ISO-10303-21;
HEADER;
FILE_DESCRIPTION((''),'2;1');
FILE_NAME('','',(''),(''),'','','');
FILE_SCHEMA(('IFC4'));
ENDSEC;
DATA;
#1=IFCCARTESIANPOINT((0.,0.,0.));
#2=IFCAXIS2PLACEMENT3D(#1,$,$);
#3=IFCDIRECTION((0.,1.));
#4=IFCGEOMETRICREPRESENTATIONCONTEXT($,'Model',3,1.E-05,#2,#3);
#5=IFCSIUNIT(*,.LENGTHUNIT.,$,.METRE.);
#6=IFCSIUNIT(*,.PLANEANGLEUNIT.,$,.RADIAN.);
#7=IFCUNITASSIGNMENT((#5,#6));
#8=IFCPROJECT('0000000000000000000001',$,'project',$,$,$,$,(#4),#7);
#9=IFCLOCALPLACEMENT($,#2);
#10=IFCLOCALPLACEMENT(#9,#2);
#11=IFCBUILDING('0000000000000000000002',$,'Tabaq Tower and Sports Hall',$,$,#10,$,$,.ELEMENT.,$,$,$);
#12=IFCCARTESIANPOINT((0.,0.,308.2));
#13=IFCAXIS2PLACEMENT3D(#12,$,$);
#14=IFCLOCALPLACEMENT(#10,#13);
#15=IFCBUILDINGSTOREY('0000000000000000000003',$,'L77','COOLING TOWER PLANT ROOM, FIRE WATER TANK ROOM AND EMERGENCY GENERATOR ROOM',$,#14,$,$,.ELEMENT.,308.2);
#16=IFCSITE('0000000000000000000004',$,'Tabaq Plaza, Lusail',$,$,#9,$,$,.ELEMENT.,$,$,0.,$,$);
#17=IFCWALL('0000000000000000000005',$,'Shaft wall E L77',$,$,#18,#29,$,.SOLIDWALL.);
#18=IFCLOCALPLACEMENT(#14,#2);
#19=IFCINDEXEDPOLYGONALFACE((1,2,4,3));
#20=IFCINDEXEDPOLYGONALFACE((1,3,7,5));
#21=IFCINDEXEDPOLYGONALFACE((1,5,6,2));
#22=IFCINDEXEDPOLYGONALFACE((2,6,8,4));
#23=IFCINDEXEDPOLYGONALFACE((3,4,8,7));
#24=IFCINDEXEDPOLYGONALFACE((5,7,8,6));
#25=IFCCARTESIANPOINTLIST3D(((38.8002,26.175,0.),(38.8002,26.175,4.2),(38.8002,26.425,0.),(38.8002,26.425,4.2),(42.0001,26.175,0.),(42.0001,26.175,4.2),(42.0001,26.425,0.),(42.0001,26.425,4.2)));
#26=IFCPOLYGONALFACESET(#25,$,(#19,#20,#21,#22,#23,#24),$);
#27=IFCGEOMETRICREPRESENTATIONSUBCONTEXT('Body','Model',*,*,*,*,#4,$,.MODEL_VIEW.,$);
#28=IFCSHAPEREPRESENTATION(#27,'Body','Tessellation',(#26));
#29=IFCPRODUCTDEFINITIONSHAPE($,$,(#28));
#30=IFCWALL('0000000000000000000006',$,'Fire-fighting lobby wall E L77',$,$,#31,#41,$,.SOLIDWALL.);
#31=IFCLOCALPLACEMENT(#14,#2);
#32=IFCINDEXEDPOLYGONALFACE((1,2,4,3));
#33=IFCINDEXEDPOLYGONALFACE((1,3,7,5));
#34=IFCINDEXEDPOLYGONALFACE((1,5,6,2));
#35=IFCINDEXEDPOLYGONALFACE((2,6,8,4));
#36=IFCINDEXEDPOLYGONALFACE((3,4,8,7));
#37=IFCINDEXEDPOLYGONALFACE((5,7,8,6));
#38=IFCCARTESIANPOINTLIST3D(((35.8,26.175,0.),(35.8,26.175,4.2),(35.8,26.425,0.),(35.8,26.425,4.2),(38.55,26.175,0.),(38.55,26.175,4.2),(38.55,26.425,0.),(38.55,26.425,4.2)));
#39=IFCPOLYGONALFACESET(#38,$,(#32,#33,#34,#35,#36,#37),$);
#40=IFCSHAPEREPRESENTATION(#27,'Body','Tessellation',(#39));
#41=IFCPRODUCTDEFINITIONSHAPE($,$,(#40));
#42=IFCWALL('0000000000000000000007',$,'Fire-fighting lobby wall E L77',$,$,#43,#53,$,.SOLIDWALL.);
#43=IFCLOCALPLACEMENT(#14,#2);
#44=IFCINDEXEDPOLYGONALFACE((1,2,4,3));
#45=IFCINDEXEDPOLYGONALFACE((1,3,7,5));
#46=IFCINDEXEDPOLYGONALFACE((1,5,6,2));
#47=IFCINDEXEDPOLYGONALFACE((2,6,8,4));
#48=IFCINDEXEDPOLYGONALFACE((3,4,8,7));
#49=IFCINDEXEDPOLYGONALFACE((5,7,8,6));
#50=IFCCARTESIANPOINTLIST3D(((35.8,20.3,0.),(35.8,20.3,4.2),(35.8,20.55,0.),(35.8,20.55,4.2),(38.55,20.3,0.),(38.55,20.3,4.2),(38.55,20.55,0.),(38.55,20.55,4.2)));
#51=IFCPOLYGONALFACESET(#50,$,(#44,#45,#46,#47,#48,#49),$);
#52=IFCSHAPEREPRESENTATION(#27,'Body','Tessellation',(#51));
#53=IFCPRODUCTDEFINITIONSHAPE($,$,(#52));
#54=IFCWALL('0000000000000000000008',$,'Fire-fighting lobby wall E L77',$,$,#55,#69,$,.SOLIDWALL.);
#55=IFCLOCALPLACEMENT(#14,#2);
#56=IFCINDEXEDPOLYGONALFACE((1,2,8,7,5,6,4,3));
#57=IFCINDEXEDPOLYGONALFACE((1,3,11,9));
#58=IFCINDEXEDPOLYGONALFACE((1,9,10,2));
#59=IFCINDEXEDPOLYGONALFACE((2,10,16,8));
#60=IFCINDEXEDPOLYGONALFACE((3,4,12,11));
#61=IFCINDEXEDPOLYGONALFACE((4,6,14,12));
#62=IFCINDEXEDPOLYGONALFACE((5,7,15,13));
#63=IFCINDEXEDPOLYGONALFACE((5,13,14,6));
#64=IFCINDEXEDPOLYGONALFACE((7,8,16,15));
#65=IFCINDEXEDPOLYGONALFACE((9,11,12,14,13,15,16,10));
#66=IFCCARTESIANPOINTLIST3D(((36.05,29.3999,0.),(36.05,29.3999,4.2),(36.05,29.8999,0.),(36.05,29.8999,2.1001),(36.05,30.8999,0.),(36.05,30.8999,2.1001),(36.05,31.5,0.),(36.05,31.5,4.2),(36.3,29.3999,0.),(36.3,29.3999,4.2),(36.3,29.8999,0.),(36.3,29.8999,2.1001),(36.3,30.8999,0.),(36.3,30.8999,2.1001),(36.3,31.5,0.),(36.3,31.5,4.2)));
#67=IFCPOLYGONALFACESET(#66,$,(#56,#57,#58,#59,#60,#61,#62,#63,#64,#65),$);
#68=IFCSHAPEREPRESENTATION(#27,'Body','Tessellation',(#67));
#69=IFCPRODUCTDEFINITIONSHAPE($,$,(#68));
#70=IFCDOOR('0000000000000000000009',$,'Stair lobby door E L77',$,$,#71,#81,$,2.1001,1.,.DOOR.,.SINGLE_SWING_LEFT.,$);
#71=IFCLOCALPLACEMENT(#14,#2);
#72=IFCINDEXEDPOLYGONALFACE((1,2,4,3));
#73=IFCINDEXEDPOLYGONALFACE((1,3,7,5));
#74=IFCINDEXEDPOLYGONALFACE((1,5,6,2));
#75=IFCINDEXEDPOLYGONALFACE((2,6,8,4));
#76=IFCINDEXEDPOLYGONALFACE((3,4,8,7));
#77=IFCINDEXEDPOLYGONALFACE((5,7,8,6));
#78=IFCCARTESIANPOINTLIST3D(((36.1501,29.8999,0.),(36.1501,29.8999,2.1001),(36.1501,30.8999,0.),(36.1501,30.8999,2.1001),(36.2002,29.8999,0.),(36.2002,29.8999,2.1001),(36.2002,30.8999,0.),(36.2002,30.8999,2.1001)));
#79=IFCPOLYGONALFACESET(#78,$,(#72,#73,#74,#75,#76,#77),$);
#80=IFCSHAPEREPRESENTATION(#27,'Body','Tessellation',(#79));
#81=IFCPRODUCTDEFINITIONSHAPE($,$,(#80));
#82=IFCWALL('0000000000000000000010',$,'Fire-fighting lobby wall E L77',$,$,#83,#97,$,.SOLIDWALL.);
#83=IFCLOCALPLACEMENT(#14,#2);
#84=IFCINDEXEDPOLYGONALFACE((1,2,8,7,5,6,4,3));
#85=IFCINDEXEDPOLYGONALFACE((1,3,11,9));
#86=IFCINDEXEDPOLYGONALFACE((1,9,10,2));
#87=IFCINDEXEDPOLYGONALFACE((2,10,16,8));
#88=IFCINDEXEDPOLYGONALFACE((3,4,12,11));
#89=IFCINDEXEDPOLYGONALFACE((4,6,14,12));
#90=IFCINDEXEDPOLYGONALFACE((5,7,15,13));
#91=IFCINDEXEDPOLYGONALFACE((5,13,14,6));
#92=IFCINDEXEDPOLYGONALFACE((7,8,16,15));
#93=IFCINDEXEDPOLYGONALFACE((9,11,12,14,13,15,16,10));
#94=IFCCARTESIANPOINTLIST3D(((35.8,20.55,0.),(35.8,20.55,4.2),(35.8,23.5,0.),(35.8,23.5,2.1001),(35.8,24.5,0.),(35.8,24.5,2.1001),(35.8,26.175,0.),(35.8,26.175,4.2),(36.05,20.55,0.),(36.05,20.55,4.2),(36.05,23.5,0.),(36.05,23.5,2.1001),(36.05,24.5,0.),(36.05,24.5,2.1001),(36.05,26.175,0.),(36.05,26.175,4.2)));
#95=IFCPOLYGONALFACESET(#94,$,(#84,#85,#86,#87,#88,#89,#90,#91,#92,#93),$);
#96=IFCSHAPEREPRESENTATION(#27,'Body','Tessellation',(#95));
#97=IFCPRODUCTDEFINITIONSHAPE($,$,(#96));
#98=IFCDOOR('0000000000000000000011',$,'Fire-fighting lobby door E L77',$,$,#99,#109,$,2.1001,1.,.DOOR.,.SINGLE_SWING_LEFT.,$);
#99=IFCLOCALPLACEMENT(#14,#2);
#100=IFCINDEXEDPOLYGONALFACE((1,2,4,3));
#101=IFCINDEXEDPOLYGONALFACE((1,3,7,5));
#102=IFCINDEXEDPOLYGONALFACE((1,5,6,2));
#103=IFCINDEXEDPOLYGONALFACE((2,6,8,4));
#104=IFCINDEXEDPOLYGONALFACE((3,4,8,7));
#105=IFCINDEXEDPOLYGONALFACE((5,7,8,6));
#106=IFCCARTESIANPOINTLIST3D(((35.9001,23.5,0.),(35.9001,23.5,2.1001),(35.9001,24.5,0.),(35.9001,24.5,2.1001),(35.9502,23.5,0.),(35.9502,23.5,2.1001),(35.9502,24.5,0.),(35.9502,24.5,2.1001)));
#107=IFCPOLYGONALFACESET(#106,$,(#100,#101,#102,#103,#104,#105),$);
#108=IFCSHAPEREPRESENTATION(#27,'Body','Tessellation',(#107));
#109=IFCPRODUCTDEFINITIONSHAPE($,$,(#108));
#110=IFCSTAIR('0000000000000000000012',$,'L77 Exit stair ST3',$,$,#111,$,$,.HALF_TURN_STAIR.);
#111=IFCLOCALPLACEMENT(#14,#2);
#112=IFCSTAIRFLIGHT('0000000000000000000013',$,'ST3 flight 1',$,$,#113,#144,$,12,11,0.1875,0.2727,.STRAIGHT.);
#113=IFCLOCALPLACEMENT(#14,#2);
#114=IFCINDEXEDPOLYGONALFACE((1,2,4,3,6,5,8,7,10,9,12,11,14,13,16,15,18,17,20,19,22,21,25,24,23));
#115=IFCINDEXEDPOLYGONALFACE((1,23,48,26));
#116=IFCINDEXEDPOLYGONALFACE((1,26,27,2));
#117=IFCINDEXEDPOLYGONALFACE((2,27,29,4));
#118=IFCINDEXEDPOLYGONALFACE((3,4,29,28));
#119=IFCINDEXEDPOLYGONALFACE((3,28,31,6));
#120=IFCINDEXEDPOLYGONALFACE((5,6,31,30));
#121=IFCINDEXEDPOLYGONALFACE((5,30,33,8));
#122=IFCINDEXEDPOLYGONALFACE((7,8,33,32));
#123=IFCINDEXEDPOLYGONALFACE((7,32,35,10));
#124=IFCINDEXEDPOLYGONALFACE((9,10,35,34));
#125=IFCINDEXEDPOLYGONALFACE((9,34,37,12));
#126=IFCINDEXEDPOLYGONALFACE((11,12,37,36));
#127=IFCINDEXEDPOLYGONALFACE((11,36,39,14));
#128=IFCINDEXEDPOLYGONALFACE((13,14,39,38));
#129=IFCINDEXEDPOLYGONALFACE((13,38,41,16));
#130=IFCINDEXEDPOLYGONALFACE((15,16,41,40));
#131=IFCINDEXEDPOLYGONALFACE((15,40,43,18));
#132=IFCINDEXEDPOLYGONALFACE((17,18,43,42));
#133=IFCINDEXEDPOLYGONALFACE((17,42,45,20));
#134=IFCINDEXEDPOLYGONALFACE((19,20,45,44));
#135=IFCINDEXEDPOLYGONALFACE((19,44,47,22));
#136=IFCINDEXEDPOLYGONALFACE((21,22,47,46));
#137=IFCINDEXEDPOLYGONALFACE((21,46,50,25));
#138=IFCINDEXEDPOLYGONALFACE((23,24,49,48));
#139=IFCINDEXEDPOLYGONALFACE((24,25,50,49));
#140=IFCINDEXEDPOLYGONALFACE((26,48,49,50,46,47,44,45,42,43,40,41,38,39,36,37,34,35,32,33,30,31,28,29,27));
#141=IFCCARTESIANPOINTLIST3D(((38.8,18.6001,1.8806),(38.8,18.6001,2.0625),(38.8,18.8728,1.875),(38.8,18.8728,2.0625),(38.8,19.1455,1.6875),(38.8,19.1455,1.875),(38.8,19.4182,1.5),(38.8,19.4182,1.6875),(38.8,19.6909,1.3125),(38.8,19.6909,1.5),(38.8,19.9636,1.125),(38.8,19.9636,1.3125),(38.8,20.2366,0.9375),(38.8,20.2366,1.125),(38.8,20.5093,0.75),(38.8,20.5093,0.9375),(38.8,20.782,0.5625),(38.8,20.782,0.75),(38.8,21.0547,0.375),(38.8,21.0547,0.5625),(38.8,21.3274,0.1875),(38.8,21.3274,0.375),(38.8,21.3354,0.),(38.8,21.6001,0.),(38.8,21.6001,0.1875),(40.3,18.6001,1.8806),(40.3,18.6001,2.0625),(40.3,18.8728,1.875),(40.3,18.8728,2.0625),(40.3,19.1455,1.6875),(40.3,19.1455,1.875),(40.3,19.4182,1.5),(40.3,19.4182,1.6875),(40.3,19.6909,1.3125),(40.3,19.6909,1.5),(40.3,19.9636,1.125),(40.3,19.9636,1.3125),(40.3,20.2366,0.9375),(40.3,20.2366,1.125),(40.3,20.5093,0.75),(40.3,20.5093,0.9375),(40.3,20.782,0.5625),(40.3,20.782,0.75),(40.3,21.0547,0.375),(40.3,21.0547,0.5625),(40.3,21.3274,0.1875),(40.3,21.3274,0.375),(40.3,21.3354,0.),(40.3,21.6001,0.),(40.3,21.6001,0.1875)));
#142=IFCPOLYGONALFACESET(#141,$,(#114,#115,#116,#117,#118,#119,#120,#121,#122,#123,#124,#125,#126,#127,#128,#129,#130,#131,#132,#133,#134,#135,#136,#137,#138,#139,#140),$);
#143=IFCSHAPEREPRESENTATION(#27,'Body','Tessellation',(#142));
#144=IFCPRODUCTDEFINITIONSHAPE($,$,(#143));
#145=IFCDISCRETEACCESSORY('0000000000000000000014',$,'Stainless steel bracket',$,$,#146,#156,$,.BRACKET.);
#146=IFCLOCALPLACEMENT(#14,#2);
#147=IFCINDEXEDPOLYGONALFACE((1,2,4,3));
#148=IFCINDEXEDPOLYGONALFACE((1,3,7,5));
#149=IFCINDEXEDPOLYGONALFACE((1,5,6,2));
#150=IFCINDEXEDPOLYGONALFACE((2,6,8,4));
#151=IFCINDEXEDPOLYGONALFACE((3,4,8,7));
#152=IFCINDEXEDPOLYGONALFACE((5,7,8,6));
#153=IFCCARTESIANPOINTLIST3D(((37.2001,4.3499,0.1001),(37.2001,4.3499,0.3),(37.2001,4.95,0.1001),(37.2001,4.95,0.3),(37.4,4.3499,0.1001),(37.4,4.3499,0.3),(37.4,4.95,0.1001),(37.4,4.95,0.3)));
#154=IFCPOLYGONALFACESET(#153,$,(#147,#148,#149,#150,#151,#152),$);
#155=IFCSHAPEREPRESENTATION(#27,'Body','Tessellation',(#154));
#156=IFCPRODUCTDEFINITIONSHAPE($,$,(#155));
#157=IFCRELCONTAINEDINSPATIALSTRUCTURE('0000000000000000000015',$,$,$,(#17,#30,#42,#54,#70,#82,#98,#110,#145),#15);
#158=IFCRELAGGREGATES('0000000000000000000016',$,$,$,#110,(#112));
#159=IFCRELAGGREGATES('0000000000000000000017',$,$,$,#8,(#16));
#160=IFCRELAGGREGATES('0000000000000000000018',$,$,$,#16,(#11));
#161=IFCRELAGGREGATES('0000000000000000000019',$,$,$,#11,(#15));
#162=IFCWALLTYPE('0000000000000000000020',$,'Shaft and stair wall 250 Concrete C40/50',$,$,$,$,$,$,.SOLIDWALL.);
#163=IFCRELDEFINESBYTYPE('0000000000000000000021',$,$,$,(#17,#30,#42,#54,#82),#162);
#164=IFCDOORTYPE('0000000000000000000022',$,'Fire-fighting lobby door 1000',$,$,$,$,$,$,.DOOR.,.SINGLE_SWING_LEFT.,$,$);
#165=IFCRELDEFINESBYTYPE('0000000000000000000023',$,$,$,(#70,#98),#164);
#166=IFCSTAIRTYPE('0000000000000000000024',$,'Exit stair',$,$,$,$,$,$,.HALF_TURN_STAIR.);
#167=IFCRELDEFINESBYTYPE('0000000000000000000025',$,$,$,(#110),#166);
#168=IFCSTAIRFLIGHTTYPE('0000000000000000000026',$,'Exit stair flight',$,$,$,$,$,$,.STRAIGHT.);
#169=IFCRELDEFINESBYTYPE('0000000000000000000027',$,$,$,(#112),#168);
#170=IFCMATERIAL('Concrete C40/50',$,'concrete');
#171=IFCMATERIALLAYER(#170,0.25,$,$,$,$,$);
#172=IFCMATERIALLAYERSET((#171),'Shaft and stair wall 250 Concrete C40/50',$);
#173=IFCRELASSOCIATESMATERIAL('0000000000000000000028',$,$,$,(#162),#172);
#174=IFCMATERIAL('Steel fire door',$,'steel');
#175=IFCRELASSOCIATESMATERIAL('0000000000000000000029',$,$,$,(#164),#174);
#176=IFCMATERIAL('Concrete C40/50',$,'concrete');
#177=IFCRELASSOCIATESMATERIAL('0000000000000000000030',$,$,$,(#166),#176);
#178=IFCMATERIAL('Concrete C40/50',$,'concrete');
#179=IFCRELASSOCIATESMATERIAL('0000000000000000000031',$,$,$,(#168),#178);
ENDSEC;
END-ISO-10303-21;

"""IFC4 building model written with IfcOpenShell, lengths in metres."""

from ifc_helpers import new_model, si_unit, direction, frame, frame_2d, origin, origin_2d, place, context, subcontext, project, spatial, polyline, rectangle, outline, extrude, material, layer, layer_set, type_object, element, fill, aggregate, save


model = new_model("IFC4")

# Units and contexts
model_context = context("Model", 3, precision=1e-05, world=origin(), true_north=direction((0.0, 1.0)))
body_context = subcontext(model_context, "Body", "Model", "MODEL_VIEW")
ifc_project = project(units=[si_unit("LENGTHUNIT", "METRE"), si_unit("PLANEANGLEUNIT", "RADIAN")], contexts=[model_context])

# Site, building, storey
site_placement = place(None, origin())
site = spatial("IfcSite", under=ifc_project, at=site_placement, Name="Tabaq Plaza, Lusail", CompositionType="ELEMENT", RefElevation=0.0)
building_placement = place(site_placement, origin())
building = spatial("IfcBuilding", under=site, at=building_placement, Name="Tabaq Tower and Sports Hall", CompositionType="ELEMENT")
storey_placement = place(building_placement, frame((0.0, 0.0, 308.2)))
storey = spatial("IfcBuildingStorey", under=building, at=storey_placement, Name="L77", Description="COOLING TOWER PLANT ROOM, FIRE WATER TANK ROOM AND EMERGENCY GENERATOR ROOM", CompositionType="ELEMENT", Elevation=308.2)

# Shared definitions
ifc_material_1 = material(Name="Concrete C40/50", Category="concrete")
ifc_layer_1 = layer(ifc_material_1, 0.25)
ifc_layer_set_1 = layer_set([ifc_layer_1], Name="Shaft and stair wall 250 Concrete C40/50")
wall_type_1 = type_object("IfcWallType", Name="Shaft and stair wall 250 Concrete C40/50", PredefinedType="SOLIDWALL", material=ifc_layer_set_1)

# Walls
for number, where, z_axis, x_axis, name in (
    (1, (38.8, 26.3, 0.0), (0.0, 0.0, 1.0), (1.0, 0.0, 0.0), "Shaft wall E L77"),
):
    element("IfcWall", number, at=place(storey_placement, frame(where, z_axis=z_axis, x_axis=x_axis)), inside=storey, type_object=wall_type_1, Name=name, PredefinedType="SOLIDWALL", context=body_context, shape_type="SweptSolid", body=[
        extrude(rectangle(XDim=3.2, YDim=0.25, at=frame_2d((1.6001, 0.0))), origin(), (0.0, 0.0, 1.0), 4.2),
    ])
for number, where, z_axis, x_axis, name in (
    (2, (35.8, 26.3, 0.0), (0.0, 0.0, 1.0), (1.0, 0.0, 0.0), "Fire-fighting lobby wall E L77"),
    (3, (35.8, 20.425, 0.0), (0.0, 0.0, 1.0), (1.0, 0.0, 0.0), "Fire-fighting lobby wall E L77"),
):
    element("IfcWall", number, at=place(storey_placement, frame(where, z_axis=z_axis, x_axis=x_axis)), inside=storey, type_object=wall_type_1, Name=name, PredefinedType="SOLIDWALL", context=body_context, shape_type="SweptSolid", body=[
        extrude(rectangle(XDim=2.75, YDim=0.25, at=frame_2d((1.375, 0.0))), origin(), (0.0, 0.0, 1.0), 4.2),
    ])

# Walls, openings, doors
wall_1_placement = place(storey_placement, frame((36.175, 29.3999, 0.0), z_axis=(0.0, 0.0, 1.0), x_axis=(0.0, 1.0, 0.0)))
wall_1 = element("IfcWall", 4, at=wall_1_placement, inside=storey, type_object=wall_type_1, Name="Fire-fighting lobby wall E L77", PredefinedType="SOLIDWALL", context=body_context, shape_type="SweptSolid", body=[
    extrude(rectangle(XDim=2.1001, YDim=0.25, at=frame_2d((1.05, 0.0))), origin(), (0.0, 0.0, 1.0), 4.2),
])
opening_1_placement = place(wall_1_placement, frame((0.5, 0.0, 0.0)))
opening_1 = element("IfcOpeningElement", 5, at=opening_1_placement, cuts=wall_1, PredefinedType="OPENING", context=body_context, shape_type="SweptSolid", body=[
    extrude(rectangle(XDim=1.0, YDim=2.1001, at=frame_2d((0.5, 1.05))), frame((0.0, 0.125, 0.0), z_axis=(0.0, -1.0, 0.0), x_axis=(1.0, 0.0, 0.0)), (0.0, 0.0, 1.0), 0.25),
])
ifc_material_2 = material(Name="Steel fire door", Category="steel")
door_type_1 = type_object("IfcDoorType", Name="Fire-fighting lobby door 1000", OperationType="SINGLE_SWING_LEFT", PredefinedType="DOOR", material=ifc_material_2)
door_1_placement = place(opening_1_placement, origin())
door_1 = element("IfcDoor", 6, at=door_1_placement, inside=storey, type_object=door_type_1, Name="Stair lobby door E L77", OperationType="SINGLE_SWING_LEFT", OverallHeight=2.1001, OverallWidth=1.0, PredefinedType="DOOR", context=body_context, shape_type="SweptSolid", body=[
    extrude(rectangle(XDim=1.0, YDim=2.1001, at=frame_2d((0.5, 1.05))), frame((0.0, 0.0249, 0.0), z_axis=(0.0, -1.0, 0.0), x_axis=(1.0, 0.0, 0.0)), (0.0, 0.0, 1.0), 0.05),
])
fill(opening_1, door_1)
wall_2_placement = place(storey_placement, frame((35.925, 20.55, 0.0), z_axis=(0.0, 0.0, 1.0), x_axis=(0.0, 1.0, 0.0)))
wall_2 = element("IfcWall", 7, at=wall_2_placement, inside=storey, type_object=wall_type_1, Name="Fire-fighting lobby wall E L77", PredefinedType="SOLIDWALL", context=body_context, shape_type="SweptSolid", body=[
    extrude(rectangle(XDim=5.625, YDim=0.25, at=frame_2d((2.8125, 0.0))), origin(), (0.0, 0.0, 1.0), 4.2),
])
opening_2_placement = place(wall_2_placement, frame((2.95, 0.0, 0.0)))
opening_2 = element("IfcOpeningElement", 8, at=opening_2_placement, cuts=wall_2, PredefinedType="OPENING", context=body_context, shape_type="SweptSolid", body=[
    extrude(rectangle(XDim=1.0, YDim=2.1001, at=frame_2d((0.5, 1.05))), frame((0.0, 0.125, 0.0), z_axis=(0.0, -1.0, 0.0), x_axis=(1.0, 0.0, 0.0)), (0.0, 0.0, 1.0), 0.25),
])
door_2_placement = place(opening_2_placement, origin())
door_2 = element("IfcDoor", 9, at=door_2_placement, inside=storey, type_object=door_type_1, Name="Fire-fighting lobby door E L77", OperationType="SINGLE_SWING_LEFT", OverallHeight=2.1001, OverallWidth=1.0, PredefinedType="DOOR", context=body_context, shape_type="SweptSolid", body=[
    extrude(rectangle(XDim=1.0, YDim=2.1001, at=frame_2d((0.5, 1.05))), frame((0.0, 0.0249, 0.0), z_axis=(0.0, -1.0, 0.0), x_axis=(1.0, 0.0, 0.0)), (0.0, 0.0, 1.0), 0.05),
])
fill(opening_2, door_2)

# Stair, stair flight
ifc_material_3 = material(Name="Concrete C40/50", Category="concrete")
stair_type = type_object("IfcStairType", Name="Exit stair", PredefinedType="HALF_TURN_STAIR", material=ifc_material_3)
stair_placement = place(storey_placement, origin())
stair = element("IfcStair", 10, at=stair_placement, inside=storey, type_object=stair_type, Name="L77 Exit stair ST3", PredefinedType="HALF_TURN_STAIR")
ifc_material_4 = material(Name="Concrete C40/50", Category="concrete")
stair_flight_type = type_object("IfcStairFlightType", Name="Exit stair flight", PredefinedType="STRAIGHT", material=ifc_material_4)
stair_flight_placement = place(storey_placement, frame((39.55, 21.6001, 0.0), z_axis=(0.0, 0.0, 1.0), x_axis=(0.0, -1.0, 0.0)))
stair_flight = element("IfcStairFlight", 11, at=stair_flight_placement, type_object=stair_flight_type, Name="ST3 flight 1", NumberOfRisers=12, NumberOfTreads=11, PredefinedType="STRAIGHT", RiserHeight=0.1875, TreadLength=0.2727, context=body_context, shape_type="SweptSolid", body=[
    extrude(outline(polyline([(0.0, 0.0), (0.0, 0.1875), (0.2727, 0.1875), (0.2727, 0.375), (0.5454, 0.375), (0.5454, 0.5625), (0.8181, 0.5625), (0.8181, 0.75), (1.0908, 0.75), (1.0908, 0.9375), (1.3635, 0.9375), (1.3635, 1.125), (1.6365, 1.125), (1.6365, 1.3125), (1.9092, 1.3125), (1.9092, 1.5), (2.1819, 1.5), (2.1819, 1.6875), (2.4546, 1.6875), (2.4546, 1.875), (2.7273, 1.875), (2.7273, 2.0625), (3.0, 2.0625), (3.0, 2.25), (3.0, 1.8806), (0.2646, 0.0), (0.0, 0.0)])), frame((0.0, 0.75, 0.0), z_axis=(0.0, -1.0, 0.0), x_axis=(1.0, 0.0, 0.0)), (0.0, 0.0, 1.0), 1.5),
])
aggregate(stair, [stair_flight])

# Discrete accessory
discrete_accessory_placement = place(storey_placement, frame((37.3, 4.6499, 0.1001), z_axis=(0.0, 0.0, 1.0), x_axis=(0.0, -1.0, 0.0)))
element("IfcDiscreteAccessory", 12, at=discrete_accessory_placement, inside=storey, Name="Stainless steel bracket", PredefinedType="BRACKET", context=body_context, shape_type="SweptSolid", body=[
    extrude(rectangle(XDim=0.6001, YDim=0.2, at=origin_2d()), origin(), (0.0, 0.0, 1.0), 0.2),
])

save(model, "model.ifc")
